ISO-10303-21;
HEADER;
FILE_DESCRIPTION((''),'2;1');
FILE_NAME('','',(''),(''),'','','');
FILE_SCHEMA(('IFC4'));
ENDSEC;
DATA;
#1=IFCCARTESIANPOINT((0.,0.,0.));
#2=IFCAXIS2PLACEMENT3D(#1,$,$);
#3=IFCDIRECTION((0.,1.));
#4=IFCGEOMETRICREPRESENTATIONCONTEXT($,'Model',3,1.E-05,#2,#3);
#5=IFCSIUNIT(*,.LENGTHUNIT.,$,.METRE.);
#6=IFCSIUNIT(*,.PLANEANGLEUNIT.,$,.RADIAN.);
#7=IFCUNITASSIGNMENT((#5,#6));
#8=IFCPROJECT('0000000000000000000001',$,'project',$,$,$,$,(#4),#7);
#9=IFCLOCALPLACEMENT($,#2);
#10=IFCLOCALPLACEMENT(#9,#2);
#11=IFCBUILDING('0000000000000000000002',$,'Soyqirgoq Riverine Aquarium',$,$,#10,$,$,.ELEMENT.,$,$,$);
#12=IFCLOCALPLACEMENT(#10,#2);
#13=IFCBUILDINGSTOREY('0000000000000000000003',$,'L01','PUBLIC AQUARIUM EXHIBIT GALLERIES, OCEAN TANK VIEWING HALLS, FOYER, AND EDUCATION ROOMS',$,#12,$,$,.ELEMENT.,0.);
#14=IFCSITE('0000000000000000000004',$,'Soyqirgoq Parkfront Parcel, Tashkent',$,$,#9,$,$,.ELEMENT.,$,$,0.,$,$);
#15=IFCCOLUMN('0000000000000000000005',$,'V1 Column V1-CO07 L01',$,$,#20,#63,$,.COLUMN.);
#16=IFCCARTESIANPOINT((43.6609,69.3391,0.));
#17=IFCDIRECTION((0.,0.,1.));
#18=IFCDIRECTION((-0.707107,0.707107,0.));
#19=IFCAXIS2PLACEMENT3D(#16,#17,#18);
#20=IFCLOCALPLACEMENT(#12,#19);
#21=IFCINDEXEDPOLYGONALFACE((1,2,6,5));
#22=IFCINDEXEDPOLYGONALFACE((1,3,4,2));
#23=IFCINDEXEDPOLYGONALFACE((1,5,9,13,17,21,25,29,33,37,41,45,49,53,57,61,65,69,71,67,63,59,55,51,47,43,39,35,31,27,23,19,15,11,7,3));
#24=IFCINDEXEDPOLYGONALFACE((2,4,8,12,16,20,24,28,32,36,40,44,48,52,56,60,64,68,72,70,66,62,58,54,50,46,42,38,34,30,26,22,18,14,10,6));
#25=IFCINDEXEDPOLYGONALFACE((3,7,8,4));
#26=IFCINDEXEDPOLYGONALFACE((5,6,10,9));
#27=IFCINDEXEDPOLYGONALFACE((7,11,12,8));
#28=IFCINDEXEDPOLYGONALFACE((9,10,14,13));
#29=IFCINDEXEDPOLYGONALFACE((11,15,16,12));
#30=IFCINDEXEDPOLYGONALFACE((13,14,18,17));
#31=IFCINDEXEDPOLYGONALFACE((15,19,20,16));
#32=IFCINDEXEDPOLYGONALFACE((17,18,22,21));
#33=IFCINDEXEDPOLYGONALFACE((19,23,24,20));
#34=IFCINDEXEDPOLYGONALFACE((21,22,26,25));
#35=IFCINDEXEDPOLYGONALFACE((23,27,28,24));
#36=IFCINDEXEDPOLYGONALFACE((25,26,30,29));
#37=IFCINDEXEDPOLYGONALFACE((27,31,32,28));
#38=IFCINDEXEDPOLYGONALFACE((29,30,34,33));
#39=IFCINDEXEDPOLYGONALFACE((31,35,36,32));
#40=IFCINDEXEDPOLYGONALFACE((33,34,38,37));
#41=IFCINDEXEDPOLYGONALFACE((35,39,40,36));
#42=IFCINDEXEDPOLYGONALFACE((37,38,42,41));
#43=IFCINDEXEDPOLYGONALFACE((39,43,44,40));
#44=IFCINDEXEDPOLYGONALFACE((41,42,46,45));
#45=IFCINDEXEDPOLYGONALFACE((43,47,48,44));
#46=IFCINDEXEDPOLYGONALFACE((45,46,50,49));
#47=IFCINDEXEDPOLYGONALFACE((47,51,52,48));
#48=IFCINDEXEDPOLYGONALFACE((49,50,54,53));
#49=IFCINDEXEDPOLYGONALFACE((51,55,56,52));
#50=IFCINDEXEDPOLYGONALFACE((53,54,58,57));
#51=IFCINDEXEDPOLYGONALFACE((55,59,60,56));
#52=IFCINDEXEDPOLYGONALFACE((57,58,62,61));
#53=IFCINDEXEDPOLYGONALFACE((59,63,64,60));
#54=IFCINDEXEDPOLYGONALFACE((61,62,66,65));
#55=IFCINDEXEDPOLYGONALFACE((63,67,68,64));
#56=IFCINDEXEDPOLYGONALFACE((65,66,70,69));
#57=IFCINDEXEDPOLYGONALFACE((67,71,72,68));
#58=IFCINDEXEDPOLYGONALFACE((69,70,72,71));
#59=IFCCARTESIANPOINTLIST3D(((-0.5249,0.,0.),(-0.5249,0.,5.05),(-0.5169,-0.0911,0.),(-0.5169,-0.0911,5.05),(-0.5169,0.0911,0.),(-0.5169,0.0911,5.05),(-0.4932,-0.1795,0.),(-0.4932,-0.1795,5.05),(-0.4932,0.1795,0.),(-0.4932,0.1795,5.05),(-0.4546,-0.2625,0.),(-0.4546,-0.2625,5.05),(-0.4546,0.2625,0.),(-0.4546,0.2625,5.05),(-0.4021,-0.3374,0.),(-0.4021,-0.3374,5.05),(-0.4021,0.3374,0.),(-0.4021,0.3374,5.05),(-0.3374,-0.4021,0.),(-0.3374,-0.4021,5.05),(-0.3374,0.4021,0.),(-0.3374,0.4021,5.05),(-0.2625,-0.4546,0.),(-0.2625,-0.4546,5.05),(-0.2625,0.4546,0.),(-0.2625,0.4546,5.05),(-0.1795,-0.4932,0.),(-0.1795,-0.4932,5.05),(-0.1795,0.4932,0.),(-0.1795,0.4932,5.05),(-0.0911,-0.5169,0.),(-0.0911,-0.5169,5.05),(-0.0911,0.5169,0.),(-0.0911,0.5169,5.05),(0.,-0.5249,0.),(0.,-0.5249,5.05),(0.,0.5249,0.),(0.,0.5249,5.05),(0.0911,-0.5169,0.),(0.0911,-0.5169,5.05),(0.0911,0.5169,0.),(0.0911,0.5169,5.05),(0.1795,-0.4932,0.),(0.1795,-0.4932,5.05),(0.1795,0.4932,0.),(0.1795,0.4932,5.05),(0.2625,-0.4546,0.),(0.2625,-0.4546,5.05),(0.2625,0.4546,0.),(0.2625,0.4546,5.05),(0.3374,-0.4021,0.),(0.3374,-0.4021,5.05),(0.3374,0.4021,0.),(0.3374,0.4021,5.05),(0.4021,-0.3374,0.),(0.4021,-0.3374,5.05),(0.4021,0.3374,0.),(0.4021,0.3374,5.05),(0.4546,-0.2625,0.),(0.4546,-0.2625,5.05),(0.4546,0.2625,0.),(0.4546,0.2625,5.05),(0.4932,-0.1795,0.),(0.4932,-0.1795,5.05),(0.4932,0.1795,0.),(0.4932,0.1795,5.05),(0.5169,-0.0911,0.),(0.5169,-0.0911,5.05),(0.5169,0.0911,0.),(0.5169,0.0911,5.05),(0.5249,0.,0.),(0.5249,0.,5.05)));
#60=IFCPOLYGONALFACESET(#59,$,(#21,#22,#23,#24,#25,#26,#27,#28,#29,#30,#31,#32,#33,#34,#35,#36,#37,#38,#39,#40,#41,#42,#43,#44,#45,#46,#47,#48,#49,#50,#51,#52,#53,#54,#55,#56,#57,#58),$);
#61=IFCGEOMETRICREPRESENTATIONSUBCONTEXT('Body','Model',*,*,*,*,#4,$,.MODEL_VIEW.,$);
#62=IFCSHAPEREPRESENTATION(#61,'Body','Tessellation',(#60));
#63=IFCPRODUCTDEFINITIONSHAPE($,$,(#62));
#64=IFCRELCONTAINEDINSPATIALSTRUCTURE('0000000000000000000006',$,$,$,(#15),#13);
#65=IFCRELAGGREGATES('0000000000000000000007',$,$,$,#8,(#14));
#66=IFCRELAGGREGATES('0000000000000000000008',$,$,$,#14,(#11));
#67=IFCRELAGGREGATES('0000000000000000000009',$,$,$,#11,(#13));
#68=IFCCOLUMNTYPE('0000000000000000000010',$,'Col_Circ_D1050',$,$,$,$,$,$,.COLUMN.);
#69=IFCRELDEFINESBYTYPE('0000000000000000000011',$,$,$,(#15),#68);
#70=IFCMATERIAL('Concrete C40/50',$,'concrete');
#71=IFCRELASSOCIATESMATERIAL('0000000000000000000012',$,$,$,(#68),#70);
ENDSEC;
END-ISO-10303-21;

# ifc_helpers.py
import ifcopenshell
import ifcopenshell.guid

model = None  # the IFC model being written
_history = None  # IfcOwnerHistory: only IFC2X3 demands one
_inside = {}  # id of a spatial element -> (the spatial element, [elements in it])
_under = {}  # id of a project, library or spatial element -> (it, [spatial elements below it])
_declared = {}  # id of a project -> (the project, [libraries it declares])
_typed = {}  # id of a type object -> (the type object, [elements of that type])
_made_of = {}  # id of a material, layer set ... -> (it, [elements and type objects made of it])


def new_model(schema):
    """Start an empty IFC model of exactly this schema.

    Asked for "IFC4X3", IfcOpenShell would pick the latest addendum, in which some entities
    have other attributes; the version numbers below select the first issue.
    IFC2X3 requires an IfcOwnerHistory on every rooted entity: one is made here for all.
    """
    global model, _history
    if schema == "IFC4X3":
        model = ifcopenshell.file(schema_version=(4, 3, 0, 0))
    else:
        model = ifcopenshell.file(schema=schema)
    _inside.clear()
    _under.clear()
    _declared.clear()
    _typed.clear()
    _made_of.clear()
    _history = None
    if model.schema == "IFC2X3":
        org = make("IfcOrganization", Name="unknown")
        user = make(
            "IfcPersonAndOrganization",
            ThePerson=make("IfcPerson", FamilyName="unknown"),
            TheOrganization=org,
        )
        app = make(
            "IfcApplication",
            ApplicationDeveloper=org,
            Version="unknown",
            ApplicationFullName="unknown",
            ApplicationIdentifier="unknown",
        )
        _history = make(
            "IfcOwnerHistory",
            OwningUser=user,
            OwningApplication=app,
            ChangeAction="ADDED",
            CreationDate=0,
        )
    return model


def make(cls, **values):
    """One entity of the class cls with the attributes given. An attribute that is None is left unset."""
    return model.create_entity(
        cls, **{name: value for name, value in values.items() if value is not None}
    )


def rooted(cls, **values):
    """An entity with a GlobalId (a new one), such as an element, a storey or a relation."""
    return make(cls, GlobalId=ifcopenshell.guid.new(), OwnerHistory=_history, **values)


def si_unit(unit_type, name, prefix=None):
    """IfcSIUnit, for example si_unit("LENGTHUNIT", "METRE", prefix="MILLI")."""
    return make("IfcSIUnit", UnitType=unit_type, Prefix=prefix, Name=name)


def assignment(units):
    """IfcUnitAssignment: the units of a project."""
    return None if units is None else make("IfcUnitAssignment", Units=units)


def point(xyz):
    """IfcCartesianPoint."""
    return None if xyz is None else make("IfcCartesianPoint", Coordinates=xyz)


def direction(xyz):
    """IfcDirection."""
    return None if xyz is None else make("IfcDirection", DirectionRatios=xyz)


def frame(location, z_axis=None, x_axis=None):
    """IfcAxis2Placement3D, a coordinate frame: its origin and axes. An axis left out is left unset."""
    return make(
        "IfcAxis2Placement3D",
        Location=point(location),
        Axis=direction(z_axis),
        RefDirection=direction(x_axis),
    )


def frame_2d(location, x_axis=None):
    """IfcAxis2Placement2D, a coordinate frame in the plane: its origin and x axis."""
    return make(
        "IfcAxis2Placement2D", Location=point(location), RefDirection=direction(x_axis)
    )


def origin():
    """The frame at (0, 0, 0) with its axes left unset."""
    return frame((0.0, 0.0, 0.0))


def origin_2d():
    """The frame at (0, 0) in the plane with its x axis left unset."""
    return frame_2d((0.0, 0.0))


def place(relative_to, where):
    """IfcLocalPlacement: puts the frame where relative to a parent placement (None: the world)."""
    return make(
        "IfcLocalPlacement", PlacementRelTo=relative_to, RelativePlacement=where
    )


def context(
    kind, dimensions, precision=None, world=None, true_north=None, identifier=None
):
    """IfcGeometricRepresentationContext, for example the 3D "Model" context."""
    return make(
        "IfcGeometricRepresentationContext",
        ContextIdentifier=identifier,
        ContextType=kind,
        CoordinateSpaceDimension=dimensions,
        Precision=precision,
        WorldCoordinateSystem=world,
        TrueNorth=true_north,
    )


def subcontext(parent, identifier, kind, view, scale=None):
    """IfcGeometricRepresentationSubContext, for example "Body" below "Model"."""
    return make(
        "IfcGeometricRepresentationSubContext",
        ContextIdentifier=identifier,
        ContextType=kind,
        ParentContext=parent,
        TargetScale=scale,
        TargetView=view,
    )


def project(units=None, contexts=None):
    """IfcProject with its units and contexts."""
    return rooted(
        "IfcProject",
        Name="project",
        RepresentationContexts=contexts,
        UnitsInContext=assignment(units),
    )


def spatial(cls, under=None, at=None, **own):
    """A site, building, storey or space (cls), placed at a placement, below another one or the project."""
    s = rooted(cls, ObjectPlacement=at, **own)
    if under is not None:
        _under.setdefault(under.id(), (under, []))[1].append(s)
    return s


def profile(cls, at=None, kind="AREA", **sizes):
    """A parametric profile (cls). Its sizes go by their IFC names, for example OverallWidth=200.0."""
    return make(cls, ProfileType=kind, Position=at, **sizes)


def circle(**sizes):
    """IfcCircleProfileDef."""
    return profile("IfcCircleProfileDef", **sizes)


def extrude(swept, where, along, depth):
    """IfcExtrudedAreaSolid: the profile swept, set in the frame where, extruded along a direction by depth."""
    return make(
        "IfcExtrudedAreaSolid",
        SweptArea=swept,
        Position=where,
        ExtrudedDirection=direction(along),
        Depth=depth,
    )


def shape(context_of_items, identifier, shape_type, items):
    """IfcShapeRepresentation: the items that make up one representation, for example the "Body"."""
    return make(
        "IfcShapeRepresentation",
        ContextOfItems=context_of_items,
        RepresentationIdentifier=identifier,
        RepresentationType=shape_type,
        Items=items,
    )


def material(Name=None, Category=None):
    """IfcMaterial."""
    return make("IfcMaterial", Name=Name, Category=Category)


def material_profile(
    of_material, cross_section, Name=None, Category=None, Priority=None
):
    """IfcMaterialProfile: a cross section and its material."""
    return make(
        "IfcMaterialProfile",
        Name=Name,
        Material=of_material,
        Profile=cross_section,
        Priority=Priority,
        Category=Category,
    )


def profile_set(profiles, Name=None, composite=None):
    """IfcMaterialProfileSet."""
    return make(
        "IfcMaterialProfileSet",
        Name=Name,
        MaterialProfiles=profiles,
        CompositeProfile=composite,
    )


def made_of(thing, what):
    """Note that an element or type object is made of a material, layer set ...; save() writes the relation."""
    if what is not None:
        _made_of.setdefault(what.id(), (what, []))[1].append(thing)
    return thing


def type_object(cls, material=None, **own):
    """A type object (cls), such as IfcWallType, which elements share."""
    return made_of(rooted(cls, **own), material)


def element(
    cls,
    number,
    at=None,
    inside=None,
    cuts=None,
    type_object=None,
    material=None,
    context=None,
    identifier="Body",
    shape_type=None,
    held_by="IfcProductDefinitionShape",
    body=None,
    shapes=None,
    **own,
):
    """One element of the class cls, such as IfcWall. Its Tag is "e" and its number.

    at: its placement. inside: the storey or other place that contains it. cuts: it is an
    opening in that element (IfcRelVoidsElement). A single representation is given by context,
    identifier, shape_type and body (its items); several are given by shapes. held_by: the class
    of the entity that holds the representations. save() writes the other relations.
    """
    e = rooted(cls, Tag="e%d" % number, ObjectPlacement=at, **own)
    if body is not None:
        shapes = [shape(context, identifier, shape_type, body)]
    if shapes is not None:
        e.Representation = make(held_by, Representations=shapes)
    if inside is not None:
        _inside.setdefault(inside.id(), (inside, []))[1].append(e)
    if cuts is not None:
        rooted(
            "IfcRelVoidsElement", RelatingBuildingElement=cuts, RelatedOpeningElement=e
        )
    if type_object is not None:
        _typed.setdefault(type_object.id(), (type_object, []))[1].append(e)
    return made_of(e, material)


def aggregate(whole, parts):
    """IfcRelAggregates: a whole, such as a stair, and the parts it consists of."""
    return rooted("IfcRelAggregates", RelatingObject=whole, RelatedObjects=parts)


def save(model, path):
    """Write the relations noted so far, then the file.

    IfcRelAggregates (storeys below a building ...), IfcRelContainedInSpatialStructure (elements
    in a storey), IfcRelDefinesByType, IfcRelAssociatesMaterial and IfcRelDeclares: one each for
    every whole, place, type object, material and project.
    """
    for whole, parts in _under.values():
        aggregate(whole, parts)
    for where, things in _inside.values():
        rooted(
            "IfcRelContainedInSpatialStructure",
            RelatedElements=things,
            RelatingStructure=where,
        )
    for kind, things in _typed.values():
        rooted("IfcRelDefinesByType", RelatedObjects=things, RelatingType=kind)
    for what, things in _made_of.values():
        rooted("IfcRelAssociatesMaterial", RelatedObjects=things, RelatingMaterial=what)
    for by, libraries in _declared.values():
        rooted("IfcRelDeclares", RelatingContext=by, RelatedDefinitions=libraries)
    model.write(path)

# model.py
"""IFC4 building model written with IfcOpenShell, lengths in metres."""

from ifc_helpers import new_model, si_unit, direction, frame, origin, origin_2d, place, context, subcontext, project, spatial, circle, extrude, material, material_profile, profile_set, type_object, element, save


model = new_model("IFC4")

# Units and contexts
model_context = context("Model", 3, precision=1e-05, world=origin(), true_north=direction((0.0, 1.0)))
body_context = subcontext(model_context, "Body", "Model", "MODEL_VIEW")
ifc_project = project(units=[si_unit("LENGTHUNIT", "METRE"), si_unit("PLANEANGLEUNIT", "RADIAN")], contexts=[model_context])

# Site, building, storey
site_placement = place(None, origin())
site = spatial("IfcSite", under=ifc_project, at=site_placement, Name="Soyqirgoq Parkfront Parcel, Tashkent", CompositionType="ELEMENT", RefElevation=0.0)
building_placement = place(site_placement, origin())
building = spatial("IfcBuilding", under=site, at=building_placement, Name="Soyqirgoq Riverine Aquarium", CompositionType="ELEMENT")
storey_placement = place(building_placement, origin())
storey = spatial("IfcBuildingStorey", under=building, at=storey_placement, Name="L01", Description="PUBLIC AQUARIUM EXHIBIT GALLERIES, OCEAN TANK VIEWING HALLS, FOYER, AND EDUCATION ROOMS", CompositionType="ELEMENT", Elevation=0.0)

# Column
ifc_material_1 = material(Name="Concrete C40/50", Category="concrete")
ifc_material_profile_1 = material_profile(ifc_material_1, circle(Radius=0.5249, at=origin_2d()), Name="RC-COL D1050")
ifc_profile_set_1 = profile_set([ifc_material_profile_1], Name="Concrete C40/50")
column_type_1 = type_object("IfcColumnType", Name="Col_Circ_D1050", PredefinedType="COLUMN", material=ifc_profile_set_1)
column_1_placement = place(storey_placement, frame((43.6609, 69.3391, 0.0), z_axis=(0.0, 0.0, 1.0), x_axis=(-0.707107, 0.707107, 0.0)))
element("IfcColumn", 1, at=column_1_placement, inside=storey, type_object=column_type_1, Name="V1 Column V1-CO07 L01", PredefinedType="COLUMN", context=body_context, shape_type="SweptSolid", body=[
    extrude(circle(Radius=0.5249, at=origin_2d()), origin(), (0.0, 0.0, 1.0), 5.05),
])

save(model, "model.ifc")
